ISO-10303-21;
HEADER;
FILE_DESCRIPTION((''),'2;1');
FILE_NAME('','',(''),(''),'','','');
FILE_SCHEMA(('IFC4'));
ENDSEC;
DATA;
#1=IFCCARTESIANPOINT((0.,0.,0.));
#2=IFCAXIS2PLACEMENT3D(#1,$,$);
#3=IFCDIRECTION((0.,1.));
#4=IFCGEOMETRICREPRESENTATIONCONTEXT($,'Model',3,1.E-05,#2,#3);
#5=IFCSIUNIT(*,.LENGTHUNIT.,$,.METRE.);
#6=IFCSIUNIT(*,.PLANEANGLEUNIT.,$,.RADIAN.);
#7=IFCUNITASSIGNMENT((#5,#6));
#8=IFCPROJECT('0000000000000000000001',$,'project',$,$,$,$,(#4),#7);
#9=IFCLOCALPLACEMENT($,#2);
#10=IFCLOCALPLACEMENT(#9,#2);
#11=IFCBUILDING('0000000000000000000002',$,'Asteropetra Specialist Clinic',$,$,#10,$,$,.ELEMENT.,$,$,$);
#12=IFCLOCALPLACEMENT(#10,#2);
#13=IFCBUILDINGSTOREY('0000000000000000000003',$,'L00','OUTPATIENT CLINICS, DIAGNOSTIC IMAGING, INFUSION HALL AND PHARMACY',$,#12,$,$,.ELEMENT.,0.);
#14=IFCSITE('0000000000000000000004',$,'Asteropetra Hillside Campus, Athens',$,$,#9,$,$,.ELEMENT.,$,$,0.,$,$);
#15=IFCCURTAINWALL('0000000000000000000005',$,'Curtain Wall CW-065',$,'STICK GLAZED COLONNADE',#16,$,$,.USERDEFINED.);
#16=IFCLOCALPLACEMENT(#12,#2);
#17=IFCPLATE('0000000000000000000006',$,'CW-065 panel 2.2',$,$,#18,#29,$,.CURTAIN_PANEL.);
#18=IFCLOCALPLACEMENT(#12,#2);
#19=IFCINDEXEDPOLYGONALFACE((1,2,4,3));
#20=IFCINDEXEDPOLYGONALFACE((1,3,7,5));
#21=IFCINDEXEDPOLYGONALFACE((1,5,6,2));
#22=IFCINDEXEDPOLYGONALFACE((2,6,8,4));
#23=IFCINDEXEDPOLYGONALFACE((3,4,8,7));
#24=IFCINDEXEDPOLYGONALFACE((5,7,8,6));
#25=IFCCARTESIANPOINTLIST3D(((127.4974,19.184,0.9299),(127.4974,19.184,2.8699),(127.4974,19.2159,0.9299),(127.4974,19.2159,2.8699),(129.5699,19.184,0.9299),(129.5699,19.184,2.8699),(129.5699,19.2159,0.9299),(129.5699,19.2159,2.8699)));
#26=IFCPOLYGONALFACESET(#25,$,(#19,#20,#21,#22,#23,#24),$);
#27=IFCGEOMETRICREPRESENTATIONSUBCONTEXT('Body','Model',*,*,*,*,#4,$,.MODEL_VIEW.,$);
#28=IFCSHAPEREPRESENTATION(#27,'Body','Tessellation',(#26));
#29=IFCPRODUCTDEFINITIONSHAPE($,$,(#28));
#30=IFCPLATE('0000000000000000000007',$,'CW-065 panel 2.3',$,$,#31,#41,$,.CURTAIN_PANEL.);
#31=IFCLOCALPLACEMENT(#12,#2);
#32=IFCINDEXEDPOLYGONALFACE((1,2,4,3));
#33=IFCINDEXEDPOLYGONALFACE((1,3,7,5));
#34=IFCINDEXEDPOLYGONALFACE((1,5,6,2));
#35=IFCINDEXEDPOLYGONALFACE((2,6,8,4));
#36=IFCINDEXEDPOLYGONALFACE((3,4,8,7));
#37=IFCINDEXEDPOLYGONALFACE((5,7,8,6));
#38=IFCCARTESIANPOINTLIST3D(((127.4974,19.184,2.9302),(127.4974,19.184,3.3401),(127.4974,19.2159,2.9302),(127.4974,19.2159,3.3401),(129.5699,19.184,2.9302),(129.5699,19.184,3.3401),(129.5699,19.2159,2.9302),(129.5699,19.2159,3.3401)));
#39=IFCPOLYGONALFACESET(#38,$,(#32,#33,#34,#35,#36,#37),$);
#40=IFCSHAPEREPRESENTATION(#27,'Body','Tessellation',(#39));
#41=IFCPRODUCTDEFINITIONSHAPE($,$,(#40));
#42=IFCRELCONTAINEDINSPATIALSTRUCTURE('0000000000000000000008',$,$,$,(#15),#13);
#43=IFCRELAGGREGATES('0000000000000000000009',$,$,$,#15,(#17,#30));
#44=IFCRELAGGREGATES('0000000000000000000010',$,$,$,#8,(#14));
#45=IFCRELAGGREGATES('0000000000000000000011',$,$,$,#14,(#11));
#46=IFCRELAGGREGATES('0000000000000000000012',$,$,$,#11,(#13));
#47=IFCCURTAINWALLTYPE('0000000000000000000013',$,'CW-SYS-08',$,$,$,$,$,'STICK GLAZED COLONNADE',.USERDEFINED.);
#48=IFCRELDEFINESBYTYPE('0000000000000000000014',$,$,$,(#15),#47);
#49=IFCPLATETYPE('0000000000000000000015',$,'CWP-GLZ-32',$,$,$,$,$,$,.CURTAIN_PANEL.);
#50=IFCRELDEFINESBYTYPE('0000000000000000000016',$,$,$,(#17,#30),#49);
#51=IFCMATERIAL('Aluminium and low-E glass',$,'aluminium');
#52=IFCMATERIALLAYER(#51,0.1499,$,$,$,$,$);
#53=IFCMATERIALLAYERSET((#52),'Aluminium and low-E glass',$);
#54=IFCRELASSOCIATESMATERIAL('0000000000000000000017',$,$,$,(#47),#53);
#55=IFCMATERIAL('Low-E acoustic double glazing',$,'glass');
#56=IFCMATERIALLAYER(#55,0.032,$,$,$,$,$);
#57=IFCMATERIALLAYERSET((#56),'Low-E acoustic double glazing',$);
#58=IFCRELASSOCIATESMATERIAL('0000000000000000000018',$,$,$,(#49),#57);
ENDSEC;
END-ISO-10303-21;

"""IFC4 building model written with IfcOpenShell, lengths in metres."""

from ifc_helpers import new_model, si_unit, direction, frame, origin, origin_2d, place, context, subcontext, project, spatial, rectangle, extrude, material, layer, layer_set, type_object, element, aggregate, save


model = new_model("IFC4")

# Units and contexts
model_context = context("Model", 3, precision=1e-05, world=origin(), true_north=direction((0.0, 1.0)))
body_context = subcontext(model_context, "Body", "Model", "MODEL_VIEW")
ifc_project = project(units=[si_unit("LENGTHUNIT", "METRE"), si_unit("PLANEANGLEUNIT", "RADIAN")], contexts=[model_context])

# Site, building, storey
site_placement = place(None, origin())
site = spatial("IfcSite", under=ifc_project, at=site_placement, Name="Asteropetra Hillside Campus, Athens", CompositionType="ELEMENT", RefElevation=0.0)
building_placement = place(site_placement, origin())
building = spatial("IfcBuilding", under=site, at=building_placement, Name="Asteropetra Specialist Clinic", CompositionType="ELEMENT")
storey_placement = place(building_placement, origin())
storey = spatial("IfcBuildingStorey", under=building, at=storey_placement, Name="L00", Description="OUTPATIENT CLINICS, DIAGNOSTIC IMAGING, INFUSION HALL AND PHARMACY", CompositionType="ELEMENT", Elevation=0.0)

# Curtain wall, plates
ifc_material_1 = material(Name="Aluminium and low-E glass", Category="aluminium")
ifc_layer_1 = layer(ifc_material_1, 0.1499)
ifc_layer_set_1 = layer_set([ifc_layer_1], Name="Aluminium and low-E glass")
curtain_wall_type = type_object("IfcCurtainWallType", Name="CW-SYS-08", ElementType="STICK GLAZED COLONNADE", PredefinedType="USERDEFINED", material=ifc_layer_set_1)
curtain_wall_placement = place(storey_placement, origin())
curtain_wall = element("IfcCurtainWall", 1, at=curtain_wall_placement, inside=storey, type_object=curtain_wall_type, Name="Curtain Wall CW-065", ObjectType="STICK GLAZED COLONNADE", PredefinedType="USERDEFINED")
ifc_material_2 = material(Name="Low-E acoustic double glazing", Category="glass")
ifc_layer_2 = layer(ifc_material_2, 0.032)
ifc_layer_set_2 = layer_set([ifc_layer_2], Name="Low-E acoustic double glazing")
plate_type = type_object("IfcPlateType", Name="CWP-GLZ-32", PredefinedType="CURTAIN_PANEL", material=ifc_layer_set_2)
plate_1_placement = place(storey_placement, frame((128.5337, 19.2, 0.9299), z_axis=(0.0, 0.0, 1.0), x_axis=(1.0, 0.0, 0.0)))
plate_1 = element("IfcPlate", 2, at=plate_1_placement, type_object=plate_type, Name="CW-065 panel 2.2", PredefinedType="CURTAIN_PANEL", context=body_context, shape_type="SweptSolid", body=[
    extrude(rectangle(XDim=2.0725, YDim=0.032, at=origin_2d()), origin(), (0.0, 0.0, 1.0), 1.9399),
])
plate_2_placement = place(storey_placement, frame((128.5337, 19.2, 2.9302), z_axis=(0.0, 0.0, 1.0), x_axis=(1.0, 0.0, 0.0)))
plate_2 = element("IfcPlate", 3, at=plate_2_placement, type_object=plate_type, Name="CW-065 panel 2.3", PredefinedType="CURTAIN_PANEL", context=body_context, shape_type="SweptSolid", body=[
    extrude(rectangle(XDim=2.0725, YDim=0.032, at=origin_2d()), origin(), (0.0, 0.0, 1.0), 0.4099),
])
aggregate(curtain_wall, [plate_1, plate_2])

save(model, "model.ifc")
